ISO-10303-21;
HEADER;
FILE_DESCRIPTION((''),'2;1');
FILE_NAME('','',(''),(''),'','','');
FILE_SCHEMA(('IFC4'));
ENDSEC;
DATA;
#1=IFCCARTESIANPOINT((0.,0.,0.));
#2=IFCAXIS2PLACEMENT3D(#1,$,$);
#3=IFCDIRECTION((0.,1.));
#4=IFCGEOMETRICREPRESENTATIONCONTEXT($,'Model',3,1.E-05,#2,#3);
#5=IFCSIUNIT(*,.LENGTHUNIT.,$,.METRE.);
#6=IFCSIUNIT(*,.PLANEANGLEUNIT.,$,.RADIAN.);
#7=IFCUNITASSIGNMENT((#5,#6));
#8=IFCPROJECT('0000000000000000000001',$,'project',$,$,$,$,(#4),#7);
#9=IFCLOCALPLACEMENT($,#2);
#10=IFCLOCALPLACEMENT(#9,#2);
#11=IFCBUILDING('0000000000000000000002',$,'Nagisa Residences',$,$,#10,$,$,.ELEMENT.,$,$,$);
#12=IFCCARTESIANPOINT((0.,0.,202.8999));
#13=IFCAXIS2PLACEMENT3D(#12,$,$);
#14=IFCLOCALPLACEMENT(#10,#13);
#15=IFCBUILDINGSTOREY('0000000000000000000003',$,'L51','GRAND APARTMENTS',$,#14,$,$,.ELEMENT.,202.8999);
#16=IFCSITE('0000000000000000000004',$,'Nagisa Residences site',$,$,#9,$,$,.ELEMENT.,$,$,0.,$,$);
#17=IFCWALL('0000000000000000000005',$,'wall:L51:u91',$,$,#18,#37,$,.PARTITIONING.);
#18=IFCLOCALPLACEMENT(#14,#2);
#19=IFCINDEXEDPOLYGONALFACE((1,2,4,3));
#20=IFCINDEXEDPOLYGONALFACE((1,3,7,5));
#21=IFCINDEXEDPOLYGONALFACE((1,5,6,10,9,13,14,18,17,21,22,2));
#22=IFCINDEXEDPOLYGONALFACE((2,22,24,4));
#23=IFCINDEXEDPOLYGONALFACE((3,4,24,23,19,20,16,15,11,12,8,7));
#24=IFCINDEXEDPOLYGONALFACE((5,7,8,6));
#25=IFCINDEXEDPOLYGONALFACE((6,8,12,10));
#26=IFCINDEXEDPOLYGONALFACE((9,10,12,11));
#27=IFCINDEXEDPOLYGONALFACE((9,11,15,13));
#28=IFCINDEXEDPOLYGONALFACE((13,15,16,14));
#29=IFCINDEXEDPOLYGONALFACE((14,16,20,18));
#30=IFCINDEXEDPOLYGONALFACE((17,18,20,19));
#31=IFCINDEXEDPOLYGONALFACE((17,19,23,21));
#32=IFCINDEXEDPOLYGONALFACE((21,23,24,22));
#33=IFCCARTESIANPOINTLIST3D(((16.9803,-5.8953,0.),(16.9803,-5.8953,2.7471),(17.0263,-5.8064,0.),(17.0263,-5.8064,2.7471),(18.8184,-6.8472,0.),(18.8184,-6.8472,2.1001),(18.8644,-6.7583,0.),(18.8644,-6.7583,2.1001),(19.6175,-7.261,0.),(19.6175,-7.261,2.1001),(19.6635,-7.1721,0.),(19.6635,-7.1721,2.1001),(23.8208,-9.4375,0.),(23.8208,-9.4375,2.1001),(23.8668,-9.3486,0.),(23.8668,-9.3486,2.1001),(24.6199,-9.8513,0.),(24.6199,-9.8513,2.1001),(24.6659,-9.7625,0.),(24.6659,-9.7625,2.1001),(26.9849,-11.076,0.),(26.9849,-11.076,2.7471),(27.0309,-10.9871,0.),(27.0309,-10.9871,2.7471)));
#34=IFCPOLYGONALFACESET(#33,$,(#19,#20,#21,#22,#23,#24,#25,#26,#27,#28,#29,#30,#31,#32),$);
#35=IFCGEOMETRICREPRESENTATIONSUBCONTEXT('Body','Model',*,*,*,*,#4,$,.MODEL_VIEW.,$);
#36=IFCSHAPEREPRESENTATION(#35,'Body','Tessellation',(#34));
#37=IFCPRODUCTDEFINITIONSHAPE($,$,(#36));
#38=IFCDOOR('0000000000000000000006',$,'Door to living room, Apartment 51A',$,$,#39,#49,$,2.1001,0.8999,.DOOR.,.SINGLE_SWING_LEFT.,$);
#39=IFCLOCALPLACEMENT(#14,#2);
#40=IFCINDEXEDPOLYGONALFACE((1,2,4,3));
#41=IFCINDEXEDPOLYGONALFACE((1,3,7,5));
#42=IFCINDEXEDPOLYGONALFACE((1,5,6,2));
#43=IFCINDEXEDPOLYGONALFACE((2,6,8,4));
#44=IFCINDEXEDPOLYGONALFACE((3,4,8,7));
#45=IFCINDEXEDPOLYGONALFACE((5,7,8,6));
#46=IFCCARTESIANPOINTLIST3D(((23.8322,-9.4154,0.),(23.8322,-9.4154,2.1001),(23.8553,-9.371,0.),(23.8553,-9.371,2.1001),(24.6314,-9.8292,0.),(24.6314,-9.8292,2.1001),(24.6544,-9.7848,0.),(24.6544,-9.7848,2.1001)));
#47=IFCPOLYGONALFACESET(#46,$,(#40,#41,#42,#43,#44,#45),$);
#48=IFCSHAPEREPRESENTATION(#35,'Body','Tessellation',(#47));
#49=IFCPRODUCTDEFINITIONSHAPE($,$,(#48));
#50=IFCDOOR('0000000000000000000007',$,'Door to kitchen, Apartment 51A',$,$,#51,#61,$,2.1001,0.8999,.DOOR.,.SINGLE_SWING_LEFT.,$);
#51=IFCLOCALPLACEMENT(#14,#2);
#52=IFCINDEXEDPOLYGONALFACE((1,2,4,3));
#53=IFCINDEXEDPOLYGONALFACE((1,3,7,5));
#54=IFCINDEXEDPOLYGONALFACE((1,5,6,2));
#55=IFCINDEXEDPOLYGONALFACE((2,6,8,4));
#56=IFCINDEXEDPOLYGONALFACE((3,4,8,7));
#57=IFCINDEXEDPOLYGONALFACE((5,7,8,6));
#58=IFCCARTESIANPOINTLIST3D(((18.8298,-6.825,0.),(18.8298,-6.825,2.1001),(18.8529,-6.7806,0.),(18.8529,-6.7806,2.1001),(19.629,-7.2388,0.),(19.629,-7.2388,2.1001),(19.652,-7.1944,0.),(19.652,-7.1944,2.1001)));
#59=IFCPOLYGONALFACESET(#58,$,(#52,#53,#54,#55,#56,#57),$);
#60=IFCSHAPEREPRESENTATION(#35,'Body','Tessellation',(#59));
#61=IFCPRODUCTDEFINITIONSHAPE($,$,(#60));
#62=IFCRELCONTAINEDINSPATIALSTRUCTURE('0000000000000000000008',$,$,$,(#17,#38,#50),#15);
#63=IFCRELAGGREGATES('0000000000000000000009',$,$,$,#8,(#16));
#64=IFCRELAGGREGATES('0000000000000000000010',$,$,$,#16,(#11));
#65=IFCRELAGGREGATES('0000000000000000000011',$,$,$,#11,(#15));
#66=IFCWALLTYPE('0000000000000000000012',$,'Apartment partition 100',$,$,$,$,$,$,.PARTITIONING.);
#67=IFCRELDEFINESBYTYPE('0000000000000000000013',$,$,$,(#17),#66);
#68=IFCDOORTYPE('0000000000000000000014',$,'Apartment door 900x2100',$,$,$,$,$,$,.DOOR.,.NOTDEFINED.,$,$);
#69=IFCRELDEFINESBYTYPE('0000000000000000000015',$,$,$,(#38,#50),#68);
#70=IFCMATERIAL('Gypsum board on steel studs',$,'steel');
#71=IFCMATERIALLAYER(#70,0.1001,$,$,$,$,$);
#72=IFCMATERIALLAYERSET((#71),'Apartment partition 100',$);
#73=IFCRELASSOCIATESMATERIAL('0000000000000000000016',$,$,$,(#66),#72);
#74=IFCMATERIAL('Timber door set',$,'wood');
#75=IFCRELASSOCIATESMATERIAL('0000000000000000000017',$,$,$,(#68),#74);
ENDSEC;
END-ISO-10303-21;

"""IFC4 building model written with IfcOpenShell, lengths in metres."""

from ifc_helpers import new_model, si_unit, direction, frame, frame_2d, origin, place, context, subcontext, project, spatial, rectangle, extrude, material, layer, layer_set, type_object, element, fill, save


model = new_model("IFC4")

# Units and contexts
model_context = context("Model", 3, precision=1e-05, world=origin(), true_north=direction((0.0, 1.0)))
body_context = subcontext(model_context, "Body", "Model", "MODEL_VIEW")
ifc_project = project(units=[si_unit("LENGTHUNIT", "METRE"), si_unit("PLANEANGLEUNIT", "RADIAN")], contexts=[model_context])

# Site, building, storey
site_placement = place(None, origin())
site = spatial("IfcSite", under=ifc_project, at=site_placement, Name="Nagisa Residences site", CompositionType="ELEMENT", RefElevation=0.0)
building_placement = place(site_placement, origin())
building = spatial("IfcBuilding", under=site, at=building_placement, Name="Nagisa Residences", CompositionType="ELEMENT")
storey_placement = place(building_placement, frame((0.0, 0.0, 202.8999)))
storey = spatial("IfcBuildingStorey", under=building, at=storey_placement, Name="L51", Description="GRAND APARTMENTS", CompositionType="ELEMENT", Elevation=202.8999)

# Shared definitions
ifc_material_1 = material(Name="Gypsum board on steel studs", Category="steel")
ifc_layer_1 = layer(ifc_material_1, 0.1001)
ifc_layer_set_1 = layer_set([ifc_layer_1], Name="Apartment partition 100")
wall_type_1 = type_object("IfcWallType", Name="Apartment partition 100", PredefinedType="PARTITIONING", material=ifc_layer_set_1)
ifc_material_2 = material(Name="Timber door set", Category="wood")
door_type_1 = type_object("IfcDoorType", Name="Apartment door 900x2100", OperationType="NOTDEFINED", PredefinedType="DOOR", material=ifc_material_2)

# Wall, openings, doors
wall_1_placement = place(storey_placement, frame((17.0032, -5.8508, 0.0), z_axis=(0.0, 0.0, 1.0), x_axis=(0.888006, -0.459833, 0.0)))
wall_1 = element("IfcWall", 1, at=wall_1_placement, inside=storey, type_object=wall_type_1, Name="wall:L51:u91", PredefinedType="PARTITIONING", context=body_context, shape_type="SweptSolid", body=[
    extrude(rectangle(XDim=11.2664, YDim=0.1001, at=frame_2d((5.6333, 0.0))), origin(), (0.0, 0.0, 1.0), 2.7471),
])
opening_1_placement = place(wall_1_placement, frame((7.7034, 0.0, 0.0)))
opening_1 = element("IfcOpeningElement", 2, at=opening_1_placement, cuts=wall_1, PredefinedType="OPENING", context=body_context, shape_type="SweptSolid", body=[
    extrude(rectangle(XDim=0.8999, YDim=2.1001, at=frame_2d((0.45, 1.05))), frame((0.0, 0.0601, 0.0), z_axis=(0.0, -1.0, 0.0), x_axis=(1.0, 0.0, 0.0)), (0.0, 0.0, 1.0), 0.1201),
])
opening_2_placement = place(wall_1_placement, frame((2.0701, 0.0, 0.0)))
opening_2 = element("IfcOpeningElement", 3, at=opening_2_placement, cuts=wall_1, PredefinedType="OPENING", context=body_context, shape_type="SweptSolid", body=[
    extrude(rectangle(XDim=0.8999, YDim=2.1001, at=frame_2d((0.45, 1.05))), frame((0.0, 0.0601, 0.0), z_axis=(0.0, -1.0, 0.0), x_axis=(1.0, 0.0, 0.0)), (0.0, 0.0, 1.0), 0.1201),
])
door_1_placement = place(opening_1_placement, origin())
door_1 = element("IfcDoor", 4, at=door_1_placement, inside=storey, type_object=door_type_1, Name="Door to living room, Apartment 51A", OperationType="SINGLE_SWING_LEFT", OverallHeight=2.1001, OverallWidth=0.8999, PredefinedType="DOOR", context=body_context, shape_type="SweptSolid", body=[
    extrude(rectangle(XDim=0.8999, YDim=2.1001, at=frame_2d((0.45, 1.05))), frame((0.0, 0.0249, 0.0), z_axis=(0.0, -1.0, 0.0), x_axis=(1.0, 0.0, 0.0)), (0.0, 0.0, 1.0), 0.05),
])
fill(opening_1, door_1)
door_2_placement = place(opening_2_placement, origin())
door_2 = element("IfcDoor", 5, at=door_2_placement, inside=storey, type_object=door_type_1, Name="Door to kitchen, Apartment 51A", OperationType="SINGLE_SWING_LEFT", OverallHeight=2.1001, OverallWidth=0.8999, PredefinedType="DOOR", context=body_context, shape_type="SweptSolid", body=[
    extrude(rectangle(XDim=0.8999, YDim=2.1001, at=frame_2d((0.45, 1.05))), frame((0.0, 0.0249, 0.0), z_axis=(0.0, -1.0, 0.0), x_axis=(1.0, 0.0, 0.0)), (0.0, 0.0, 1.0), 0.05),
])
fill(opening_2, door_2)

save(model, "model.ifc")
